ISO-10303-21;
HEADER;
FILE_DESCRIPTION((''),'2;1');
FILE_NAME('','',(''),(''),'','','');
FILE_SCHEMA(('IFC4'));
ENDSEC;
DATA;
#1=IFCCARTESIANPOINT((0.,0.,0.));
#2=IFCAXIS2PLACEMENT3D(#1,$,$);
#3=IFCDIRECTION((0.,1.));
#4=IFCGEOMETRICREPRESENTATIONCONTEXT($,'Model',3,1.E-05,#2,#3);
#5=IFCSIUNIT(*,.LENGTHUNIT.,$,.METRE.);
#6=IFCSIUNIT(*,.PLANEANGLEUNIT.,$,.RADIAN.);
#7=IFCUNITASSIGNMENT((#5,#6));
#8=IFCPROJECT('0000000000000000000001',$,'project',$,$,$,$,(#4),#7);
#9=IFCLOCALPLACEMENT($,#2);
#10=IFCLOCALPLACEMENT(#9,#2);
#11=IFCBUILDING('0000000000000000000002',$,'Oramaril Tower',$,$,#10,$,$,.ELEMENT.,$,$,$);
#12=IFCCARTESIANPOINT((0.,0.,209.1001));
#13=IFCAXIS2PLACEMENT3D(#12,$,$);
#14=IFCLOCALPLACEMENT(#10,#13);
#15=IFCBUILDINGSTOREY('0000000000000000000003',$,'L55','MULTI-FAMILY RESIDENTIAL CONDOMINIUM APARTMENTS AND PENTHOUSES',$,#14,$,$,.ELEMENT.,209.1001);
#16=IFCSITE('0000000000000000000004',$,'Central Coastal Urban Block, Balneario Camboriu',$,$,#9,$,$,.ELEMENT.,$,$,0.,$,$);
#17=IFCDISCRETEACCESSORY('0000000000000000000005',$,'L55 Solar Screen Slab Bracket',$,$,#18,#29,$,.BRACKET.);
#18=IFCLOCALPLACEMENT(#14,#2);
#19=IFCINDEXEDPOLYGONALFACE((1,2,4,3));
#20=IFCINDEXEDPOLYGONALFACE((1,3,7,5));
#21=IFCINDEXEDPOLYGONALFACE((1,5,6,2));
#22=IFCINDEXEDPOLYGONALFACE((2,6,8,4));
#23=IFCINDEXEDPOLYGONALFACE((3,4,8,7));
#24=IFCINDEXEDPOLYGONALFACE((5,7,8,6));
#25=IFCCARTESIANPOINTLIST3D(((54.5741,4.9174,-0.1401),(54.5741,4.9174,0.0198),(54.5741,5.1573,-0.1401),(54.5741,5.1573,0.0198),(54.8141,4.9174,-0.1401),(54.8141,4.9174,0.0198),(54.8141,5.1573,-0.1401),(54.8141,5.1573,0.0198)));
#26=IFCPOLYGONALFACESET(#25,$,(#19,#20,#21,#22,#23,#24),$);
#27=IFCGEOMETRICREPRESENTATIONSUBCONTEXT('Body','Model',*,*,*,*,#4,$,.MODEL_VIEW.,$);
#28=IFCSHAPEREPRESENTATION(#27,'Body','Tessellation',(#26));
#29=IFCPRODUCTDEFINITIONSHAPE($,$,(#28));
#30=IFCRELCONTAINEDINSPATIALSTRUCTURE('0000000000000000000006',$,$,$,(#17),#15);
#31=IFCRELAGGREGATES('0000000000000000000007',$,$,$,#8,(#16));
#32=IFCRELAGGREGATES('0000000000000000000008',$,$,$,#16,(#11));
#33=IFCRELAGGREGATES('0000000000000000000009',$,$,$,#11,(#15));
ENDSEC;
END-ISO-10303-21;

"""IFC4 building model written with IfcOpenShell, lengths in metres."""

from ifc_helpers import new_model, si_unit, direction, frame, origin, origin_2d, place, context, subcontext, project, spatial, rectangle, extrude, element, save


model = new_model("IFC4")

# Units and contexts
model_context = context("Model", 3, precision=1e-05, world=origin(), true_north=direction((0.0, 1.0)))
body_context = subcontext(model_context, "Body", "Model", "MODEL_VIEW")
ifc_project = project(units=[si_unit("LENGTHUNIT", "METRE"), si_unit("PLANEANGLEUNIT", "RADIAN")], contexts=[model_context])

# Site, building, storey
site_placement = place(None, origin())
site = spatial("IfcSite", under=ifc_project, at=site_placement, Name="Central Coastal Urban Block, Balneario Camboriu", CompositionType="ELEMENT", RefElevation=0.0)
building_placement = place(site_placement, origin())
building = spatial("IfcBuilding", under=site, at=building_placement, Name="Oramaril Tower", CompositionType="ELEMENT")
storey_placement = place(building_placement, frame((0.0, 0.0, 209.1001)))
storey = spatial("IfcBuildingStorey", under=building, at=storey_placement, Name="L55", Description="MULTI-FAMILY RESIDENTIAL CONDOMINIUM APARTMENTS AND PENTHOUSES", CompositionType="ELEMENT", Elevation=209.1001)

# Discrete accessory
for number, where, z_axis, x_axis, name in (
    (1, (54.6941, 5.0374, -0.1401), (0.0, 0.0, 1.0), (1.0, 0.0, 0.0), "L55 Solar Screen Slab Bracket"),
):
    element("IfcDiscreteAccessory", number, at=place(storey_placement, frame(where, z_axis=z_axis, x_axis=x_axis)), inside=storey, Name=name, PredefinedType="BRACKET", context=body_context, shape_type="SweptSolid", body=[
        extrude(rectangle(XDim=0.24, YDim=0.24, at=origin_2d()), origin(), (0.0, 0.0, 1.0), 0.1599),
    ])

save(model, "model.ifc")
